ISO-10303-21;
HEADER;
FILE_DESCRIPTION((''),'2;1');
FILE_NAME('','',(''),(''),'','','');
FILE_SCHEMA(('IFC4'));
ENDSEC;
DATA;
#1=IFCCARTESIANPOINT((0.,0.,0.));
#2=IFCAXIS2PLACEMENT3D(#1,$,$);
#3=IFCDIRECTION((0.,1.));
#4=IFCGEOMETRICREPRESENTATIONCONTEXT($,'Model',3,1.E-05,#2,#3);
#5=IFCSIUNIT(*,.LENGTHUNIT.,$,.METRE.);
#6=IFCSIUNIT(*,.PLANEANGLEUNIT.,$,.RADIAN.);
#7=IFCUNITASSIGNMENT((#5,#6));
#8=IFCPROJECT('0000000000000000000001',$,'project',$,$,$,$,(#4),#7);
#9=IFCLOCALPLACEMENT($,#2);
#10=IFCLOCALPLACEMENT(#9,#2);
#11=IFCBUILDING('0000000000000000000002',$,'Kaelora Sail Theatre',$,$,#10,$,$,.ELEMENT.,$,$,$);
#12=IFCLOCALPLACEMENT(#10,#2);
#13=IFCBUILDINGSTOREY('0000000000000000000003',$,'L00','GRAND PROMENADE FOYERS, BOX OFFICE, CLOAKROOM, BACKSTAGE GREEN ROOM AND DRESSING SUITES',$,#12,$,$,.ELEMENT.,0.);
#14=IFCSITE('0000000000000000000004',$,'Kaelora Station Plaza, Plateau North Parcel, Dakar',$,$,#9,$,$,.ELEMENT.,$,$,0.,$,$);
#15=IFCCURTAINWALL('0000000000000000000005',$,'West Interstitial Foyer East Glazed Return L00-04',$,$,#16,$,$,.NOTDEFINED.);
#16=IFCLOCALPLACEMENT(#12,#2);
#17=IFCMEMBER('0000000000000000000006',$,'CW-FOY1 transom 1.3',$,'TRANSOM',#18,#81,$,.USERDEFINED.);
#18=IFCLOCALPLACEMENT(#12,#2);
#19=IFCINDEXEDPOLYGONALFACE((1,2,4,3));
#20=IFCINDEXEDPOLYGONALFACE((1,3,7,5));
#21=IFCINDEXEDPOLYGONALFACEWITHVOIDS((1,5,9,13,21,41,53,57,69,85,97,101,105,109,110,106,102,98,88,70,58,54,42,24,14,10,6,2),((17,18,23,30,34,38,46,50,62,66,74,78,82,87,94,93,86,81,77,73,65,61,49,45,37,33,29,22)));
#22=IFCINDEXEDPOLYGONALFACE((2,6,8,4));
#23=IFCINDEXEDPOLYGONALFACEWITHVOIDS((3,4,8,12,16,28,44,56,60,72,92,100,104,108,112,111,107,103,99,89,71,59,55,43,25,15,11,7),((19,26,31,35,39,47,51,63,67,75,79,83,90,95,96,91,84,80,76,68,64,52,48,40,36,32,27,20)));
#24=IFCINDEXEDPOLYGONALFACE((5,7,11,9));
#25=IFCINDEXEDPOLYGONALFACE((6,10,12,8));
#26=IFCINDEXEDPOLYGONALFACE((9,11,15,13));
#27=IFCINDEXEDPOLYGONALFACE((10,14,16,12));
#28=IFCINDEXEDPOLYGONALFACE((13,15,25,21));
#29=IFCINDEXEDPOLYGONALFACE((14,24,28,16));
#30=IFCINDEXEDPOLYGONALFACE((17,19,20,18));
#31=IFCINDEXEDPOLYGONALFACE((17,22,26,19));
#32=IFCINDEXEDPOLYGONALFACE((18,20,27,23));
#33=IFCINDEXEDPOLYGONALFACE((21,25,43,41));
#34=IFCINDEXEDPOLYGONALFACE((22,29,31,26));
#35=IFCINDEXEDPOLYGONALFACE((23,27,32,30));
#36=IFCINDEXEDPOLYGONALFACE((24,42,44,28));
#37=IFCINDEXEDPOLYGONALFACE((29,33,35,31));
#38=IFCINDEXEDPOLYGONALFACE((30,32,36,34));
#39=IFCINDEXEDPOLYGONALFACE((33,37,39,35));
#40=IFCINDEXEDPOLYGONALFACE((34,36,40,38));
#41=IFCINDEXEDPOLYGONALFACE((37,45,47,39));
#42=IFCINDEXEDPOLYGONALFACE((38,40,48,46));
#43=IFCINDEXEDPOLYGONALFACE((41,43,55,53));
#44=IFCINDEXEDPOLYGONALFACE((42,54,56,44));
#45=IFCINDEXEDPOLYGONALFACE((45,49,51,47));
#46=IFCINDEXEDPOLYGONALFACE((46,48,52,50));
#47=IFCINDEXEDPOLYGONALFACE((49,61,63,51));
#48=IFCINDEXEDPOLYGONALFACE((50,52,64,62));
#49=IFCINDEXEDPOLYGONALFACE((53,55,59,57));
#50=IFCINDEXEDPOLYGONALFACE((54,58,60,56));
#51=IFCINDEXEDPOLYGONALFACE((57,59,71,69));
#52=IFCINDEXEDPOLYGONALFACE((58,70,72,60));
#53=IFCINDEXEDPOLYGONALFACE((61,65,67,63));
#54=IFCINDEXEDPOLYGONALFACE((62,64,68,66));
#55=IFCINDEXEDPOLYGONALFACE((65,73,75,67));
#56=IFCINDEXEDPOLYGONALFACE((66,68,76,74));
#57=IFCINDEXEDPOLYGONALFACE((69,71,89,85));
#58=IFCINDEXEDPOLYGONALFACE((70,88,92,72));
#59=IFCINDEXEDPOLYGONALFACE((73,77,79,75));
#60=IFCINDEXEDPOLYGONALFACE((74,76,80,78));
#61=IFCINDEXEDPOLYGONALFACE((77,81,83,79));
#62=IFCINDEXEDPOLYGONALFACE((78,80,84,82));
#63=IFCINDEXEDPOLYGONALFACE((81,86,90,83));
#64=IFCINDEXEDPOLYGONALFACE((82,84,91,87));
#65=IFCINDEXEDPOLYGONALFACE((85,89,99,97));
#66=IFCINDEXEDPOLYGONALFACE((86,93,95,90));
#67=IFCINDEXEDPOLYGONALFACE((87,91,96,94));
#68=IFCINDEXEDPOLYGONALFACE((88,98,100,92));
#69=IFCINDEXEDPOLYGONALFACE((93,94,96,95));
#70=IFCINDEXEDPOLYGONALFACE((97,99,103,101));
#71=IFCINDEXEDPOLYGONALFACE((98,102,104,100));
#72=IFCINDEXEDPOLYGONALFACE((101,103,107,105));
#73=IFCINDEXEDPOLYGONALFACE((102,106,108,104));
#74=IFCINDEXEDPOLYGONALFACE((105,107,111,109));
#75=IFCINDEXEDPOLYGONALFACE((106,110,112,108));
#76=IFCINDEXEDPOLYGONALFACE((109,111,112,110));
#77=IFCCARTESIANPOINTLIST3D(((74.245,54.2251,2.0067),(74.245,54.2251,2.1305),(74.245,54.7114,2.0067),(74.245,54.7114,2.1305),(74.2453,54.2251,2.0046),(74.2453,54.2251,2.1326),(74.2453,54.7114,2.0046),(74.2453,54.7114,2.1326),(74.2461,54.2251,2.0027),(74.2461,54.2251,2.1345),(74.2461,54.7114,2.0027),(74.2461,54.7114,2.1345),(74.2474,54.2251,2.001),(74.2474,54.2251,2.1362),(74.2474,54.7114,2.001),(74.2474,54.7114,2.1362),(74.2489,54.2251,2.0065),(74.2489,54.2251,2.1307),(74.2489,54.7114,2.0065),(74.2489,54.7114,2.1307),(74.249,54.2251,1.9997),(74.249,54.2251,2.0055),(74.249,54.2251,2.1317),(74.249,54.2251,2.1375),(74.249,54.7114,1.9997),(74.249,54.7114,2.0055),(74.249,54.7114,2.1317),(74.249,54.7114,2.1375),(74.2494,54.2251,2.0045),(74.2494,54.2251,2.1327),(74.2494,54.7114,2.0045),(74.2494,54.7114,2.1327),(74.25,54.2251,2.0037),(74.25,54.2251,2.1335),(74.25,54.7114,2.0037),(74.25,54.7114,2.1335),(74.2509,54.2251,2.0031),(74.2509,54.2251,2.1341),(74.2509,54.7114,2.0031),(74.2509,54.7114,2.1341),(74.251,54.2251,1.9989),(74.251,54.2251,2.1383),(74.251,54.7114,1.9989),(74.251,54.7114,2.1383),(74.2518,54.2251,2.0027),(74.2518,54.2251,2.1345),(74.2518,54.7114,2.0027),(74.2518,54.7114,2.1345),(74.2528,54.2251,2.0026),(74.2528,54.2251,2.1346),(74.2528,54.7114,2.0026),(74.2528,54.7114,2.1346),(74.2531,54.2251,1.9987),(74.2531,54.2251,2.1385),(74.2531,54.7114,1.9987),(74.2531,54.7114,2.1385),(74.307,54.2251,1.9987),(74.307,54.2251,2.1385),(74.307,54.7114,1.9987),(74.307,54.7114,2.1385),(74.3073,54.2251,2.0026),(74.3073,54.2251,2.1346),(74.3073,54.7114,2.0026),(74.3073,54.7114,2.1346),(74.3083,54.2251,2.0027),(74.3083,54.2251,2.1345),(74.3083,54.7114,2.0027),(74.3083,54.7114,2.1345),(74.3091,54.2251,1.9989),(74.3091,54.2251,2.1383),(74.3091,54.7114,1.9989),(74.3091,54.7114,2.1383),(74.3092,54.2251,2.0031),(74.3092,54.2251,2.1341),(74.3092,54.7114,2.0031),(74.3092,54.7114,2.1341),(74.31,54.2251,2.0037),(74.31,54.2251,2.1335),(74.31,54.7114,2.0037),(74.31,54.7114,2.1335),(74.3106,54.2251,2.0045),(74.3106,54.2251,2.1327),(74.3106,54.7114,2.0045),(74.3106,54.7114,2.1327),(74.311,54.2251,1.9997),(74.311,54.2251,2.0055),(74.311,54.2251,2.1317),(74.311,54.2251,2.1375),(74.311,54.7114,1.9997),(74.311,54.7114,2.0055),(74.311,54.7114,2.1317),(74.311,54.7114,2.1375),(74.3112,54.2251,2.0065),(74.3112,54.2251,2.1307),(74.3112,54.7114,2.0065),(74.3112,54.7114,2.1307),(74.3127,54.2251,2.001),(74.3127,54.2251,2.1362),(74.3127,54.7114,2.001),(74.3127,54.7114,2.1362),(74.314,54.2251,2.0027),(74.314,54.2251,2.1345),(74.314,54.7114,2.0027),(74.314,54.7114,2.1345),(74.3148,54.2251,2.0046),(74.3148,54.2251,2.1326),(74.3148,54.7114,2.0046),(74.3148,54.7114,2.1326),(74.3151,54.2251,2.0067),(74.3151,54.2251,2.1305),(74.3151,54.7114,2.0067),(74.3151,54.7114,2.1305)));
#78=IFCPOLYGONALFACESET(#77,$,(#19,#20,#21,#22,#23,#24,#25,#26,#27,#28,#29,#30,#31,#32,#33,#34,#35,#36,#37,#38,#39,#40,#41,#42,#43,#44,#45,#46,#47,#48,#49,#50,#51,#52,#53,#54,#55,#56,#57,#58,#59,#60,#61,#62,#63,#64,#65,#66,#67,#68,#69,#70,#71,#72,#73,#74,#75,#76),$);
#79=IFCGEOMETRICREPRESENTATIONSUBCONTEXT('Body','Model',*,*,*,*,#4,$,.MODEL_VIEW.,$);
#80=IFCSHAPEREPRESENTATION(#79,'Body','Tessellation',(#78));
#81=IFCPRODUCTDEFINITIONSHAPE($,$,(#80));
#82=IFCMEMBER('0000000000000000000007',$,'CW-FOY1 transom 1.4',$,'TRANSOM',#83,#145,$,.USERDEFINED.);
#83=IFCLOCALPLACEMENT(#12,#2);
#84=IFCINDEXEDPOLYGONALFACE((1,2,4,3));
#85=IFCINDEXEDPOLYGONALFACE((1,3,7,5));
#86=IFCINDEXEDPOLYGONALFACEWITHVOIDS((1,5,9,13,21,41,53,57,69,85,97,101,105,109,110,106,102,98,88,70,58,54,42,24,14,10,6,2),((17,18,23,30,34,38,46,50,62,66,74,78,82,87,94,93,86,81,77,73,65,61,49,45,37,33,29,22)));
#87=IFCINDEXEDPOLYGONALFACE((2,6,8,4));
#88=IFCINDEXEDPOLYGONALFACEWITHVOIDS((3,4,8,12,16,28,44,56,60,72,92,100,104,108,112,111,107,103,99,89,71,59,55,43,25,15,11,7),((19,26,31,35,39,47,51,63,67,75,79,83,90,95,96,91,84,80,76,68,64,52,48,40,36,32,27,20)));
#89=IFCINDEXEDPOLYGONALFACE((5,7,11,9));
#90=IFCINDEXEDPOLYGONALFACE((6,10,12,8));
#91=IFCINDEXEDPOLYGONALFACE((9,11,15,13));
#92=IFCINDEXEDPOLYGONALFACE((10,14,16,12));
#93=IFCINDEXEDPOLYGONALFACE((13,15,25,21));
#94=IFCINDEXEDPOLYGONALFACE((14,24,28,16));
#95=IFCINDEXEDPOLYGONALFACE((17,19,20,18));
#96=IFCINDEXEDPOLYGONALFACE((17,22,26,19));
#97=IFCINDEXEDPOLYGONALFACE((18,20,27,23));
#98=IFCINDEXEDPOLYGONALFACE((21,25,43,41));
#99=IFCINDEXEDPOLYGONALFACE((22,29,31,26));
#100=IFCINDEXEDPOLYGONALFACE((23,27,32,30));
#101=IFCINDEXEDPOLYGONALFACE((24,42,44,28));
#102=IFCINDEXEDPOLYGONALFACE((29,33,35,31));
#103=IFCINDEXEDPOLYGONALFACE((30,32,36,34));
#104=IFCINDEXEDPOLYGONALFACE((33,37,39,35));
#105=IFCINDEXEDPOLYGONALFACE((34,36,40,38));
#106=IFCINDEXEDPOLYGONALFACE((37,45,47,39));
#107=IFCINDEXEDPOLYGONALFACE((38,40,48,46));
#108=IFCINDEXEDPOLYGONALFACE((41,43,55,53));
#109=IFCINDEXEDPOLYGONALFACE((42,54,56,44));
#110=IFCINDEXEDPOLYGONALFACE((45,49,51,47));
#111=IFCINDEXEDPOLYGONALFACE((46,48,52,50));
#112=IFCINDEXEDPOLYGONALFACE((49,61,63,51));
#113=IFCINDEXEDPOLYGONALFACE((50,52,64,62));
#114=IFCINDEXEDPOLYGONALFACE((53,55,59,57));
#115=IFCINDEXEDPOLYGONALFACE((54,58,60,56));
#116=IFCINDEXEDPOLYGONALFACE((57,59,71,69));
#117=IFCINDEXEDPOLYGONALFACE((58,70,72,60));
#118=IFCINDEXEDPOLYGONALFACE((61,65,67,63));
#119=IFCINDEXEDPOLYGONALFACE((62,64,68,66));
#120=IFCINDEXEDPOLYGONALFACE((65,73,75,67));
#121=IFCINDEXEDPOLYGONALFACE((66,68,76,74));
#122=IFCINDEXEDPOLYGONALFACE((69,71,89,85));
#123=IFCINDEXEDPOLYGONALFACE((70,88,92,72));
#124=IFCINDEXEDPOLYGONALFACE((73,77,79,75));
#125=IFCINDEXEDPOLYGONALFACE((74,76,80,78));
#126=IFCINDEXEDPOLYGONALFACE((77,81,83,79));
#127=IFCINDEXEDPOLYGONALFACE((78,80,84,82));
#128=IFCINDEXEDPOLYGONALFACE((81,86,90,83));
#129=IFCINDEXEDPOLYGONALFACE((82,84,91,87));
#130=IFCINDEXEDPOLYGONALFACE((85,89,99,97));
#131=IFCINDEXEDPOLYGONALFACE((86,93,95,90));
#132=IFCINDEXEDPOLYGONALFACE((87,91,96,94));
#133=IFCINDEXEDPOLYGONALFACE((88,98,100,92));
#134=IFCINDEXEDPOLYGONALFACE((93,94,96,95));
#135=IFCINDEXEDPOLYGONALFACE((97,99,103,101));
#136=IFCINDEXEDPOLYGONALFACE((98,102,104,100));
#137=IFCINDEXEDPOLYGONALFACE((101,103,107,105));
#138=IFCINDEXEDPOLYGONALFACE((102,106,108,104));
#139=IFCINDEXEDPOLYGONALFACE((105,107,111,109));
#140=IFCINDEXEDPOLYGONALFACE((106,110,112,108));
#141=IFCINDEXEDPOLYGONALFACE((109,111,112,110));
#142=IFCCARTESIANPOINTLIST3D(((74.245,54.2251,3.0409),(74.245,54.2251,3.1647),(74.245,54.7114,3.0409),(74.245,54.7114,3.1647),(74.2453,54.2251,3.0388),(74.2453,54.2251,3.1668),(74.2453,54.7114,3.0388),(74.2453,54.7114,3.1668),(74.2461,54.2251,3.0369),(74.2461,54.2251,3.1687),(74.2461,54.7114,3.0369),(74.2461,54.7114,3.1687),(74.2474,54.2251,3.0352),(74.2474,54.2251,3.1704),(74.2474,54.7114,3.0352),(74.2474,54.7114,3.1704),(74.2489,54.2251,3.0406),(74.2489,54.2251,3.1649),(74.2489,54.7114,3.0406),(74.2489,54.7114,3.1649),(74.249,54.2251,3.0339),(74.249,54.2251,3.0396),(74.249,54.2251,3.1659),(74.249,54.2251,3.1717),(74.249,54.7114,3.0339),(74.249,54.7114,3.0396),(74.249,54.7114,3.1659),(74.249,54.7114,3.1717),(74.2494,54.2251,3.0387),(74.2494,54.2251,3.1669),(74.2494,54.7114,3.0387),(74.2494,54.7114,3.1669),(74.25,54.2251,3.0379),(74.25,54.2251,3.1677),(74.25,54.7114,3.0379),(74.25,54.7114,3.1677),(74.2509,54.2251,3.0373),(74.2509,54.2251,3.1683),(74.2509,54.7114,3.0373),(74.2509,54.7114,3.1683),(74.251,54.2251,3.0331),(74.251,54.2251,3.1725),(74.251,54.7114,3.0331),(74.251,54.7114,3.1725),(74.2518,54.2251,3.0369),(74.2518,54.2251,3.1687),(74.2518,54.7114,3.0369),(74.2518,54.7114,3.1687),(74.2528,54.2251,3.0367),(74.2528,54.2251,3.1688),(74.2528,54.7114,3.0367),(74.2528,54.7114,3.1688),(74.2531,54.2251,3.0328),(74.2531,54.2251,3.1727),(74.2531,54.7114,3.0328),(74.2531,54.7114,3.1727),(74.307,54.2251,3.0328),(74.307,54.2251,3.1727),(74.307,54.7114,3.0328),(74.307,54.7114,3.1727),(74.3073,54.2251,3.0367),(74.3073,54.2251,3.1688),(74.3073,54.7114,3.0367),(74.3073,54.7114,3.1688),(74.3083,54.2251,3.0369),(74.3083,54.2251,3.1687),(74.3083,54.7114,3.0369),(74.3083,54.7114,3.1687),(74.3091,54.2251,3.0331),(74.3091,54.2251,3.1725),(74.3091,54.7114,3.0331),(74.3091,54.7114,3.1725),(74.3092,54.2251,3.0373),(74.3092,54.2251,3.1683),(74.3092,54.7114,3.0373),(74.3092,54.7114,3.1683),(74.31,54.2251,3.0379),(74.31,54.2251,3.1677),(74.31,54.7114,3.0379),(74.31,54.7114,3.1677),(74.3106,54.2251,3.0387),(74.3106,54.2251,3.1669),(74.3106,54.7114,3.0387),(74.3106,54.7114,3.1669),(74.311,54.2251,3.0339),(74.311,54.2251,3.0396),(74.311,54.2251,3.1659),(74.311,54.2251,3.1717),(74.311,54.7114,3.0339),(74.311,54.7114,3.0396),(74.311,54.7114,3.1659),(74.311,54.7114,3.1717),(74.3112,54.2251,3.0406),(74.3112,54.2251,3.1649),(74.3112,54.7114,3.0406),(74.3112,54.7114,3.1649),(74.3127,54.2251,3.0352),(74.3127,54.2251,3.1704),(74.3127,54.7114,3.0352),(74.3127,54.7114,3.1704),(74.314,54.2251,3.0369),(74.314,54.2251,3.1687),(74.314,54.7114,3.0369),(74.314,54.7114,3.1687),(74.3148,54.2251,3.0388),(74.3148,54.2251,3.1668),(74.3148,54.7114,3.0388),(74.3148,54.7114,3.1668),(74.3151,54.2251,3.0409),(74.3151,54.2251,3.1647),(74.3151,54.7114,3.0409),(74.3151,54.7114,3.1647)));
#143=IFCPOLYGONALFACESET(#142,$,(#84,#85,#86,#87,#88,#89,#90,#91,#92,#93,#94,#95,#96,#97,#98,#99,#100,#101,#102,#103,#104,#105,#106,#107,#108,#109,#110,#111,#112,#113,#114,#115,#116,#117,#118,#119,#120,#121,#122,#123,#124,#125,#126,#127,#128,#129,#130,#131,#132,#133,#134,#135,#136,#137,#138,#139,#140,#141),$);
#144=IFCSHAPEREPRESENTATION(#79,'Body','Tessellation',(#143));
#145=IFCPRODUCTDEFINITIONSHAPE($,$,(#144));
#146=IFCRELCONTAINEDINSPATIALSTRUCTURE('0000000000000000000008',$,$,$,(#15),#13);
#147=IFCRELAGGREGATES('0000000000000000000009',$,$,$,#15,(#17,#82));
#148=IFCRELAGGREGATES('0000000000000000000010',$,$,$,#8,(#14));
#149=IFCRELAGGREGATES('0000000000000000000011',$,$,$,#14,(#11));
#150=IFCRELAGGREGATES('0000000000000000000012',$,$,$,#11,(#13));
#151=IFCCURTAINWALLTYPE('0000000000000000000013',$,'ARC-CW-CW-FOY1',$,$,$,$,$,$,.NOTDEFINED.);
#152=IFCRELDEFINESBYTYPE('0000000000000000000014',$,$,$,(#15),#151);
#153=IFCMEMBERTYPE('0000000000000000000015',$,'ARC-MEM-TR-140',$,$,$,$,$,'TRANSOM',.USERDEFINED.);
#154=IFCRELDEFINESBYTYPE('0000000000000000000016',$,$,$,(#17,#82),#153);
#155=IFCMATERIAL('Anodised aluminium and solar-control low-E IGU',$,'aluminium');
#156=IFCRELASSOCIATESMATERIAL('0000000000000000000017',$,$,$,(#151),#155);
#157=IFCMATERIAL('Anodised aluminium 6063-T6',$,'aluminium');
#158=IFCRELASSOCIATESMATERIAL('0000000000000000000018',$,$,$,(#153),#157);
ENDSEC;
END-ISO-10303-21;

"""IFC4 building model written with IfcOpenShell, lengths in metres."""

from ifc_helpers import new_model, si_unit, direction, frame, origin, origin_2d, place, context, subcontext, project, spatial, hollow_rectangle, extrude, material, material_profile, profile_set, type_object, element, aggregate, save


model = new_model("IFC4")

# Units and contexts
model_context = context("Model", 3, precision=1e-05, world=origin(), true_north=direction((0.0, 1.0)))
body_context = subcontext(model_context, "Body", "Model", "MODEL_VIEW")
ifc_project = project(units=[si_unit("LENGTHUNIT", "METRE"), si_unit("PLANEANGLEUNIT", "RADIAN")], contexts=[model_context])

# Site, building, storey
site_placement = place(None, origin())
site = spatial("IfcSite", under=ifc_project, at=site_placement, Name="Kaelora Station Plaza, Plateau North Parcel, Dakar", CompositionType="ELEMENT", RefElevation=0.0)
building_placement = place(site_placement, origin())
building = spatial("IfcBuilding", under=site, at=building_placement, Name="Kaelora Sail Theatre", CompositionType="ELEMENT")
storey_placement = place(building_placement, origin())
storey = spatial("IfcBuildingStorey", under=building, at=storey_placement, Name="L00", Description="GRAND PROMENADE FOYERS, BOX OFFICE, CLOAKROOM, BACKSTAGE GREEN ROOM AND DRESSING SUITES", CompositionType="ELEMENT", Elevation=0.0)

# Curtain wall, members
ifc_material_1 = material(Name="Anodised aluminium and solar-control low-E IGU", Category="aluminium")
curtain_wall_type = type_object("IfcCurtainWallType", Name="ARC-CW-CW-FOY1", PredefinedType="NOTDEFINED", material=ifc_material_1)
curtain_wall_placement = place(storey_placement, origin())
curtain_wall = element("IfcCurtainWall", 1, at=curtain_wall_placement, inside=storey, type_object=curtain_wall_type, Name="West Interstitial Foyer East Glazed Return L00-04", PredefinedType="NOTDEFINED")
ifc_material_2 = material(Name="Anodised aluminium 6063-T6", Category="aluminium")
ifc_material_profile = material_profile(ifc_material_2, hollow_rectangle(XDim=0.0701, YDim=0.1399, WallThickness=0.0039, InnerFilletRadius=0.0039, OuterFilletRadius=0.0081, at=origin_2d()), Name="ALU-TRAN 70x140x4")
ifc_profile_set = profile_set([ifc_material_profile], Name="Anodised aluminium 6063-T6")
member_type = type_object("IfcMemberType", Name="ARC-MEM-TR-140", ElementType="TRANSOM", PredefinedType="USERDEFINED", material=ifc_profile_set)
member_1_placement = place(storey_placement, frame((74.28, 54.2251, 2.0686), z_axis=(0.0, 1.0, 0.0), x_axis=(-1.0, 0.0, 0.0)))
member_1 = element("IfcMember", 2, at=member_1_placement, type_object=member_type, Name="CW-FOY1 transom 1.3", ObjectType="TRANSOM", PredefinedType="USERDEFINED", context=body_context, shape_type="SweptSolid", body=[
    extrude(hollow_rectangle(XDim=0.0701, YDim=0.1399, WallThickness=0.0039, InnerFilletRadius=0.0039, OuterFilletRadius=0.0081, at=origin_2d()), origin(), (0.0, 0.0, 1.0), 0.4863),
])
member_2_placement = place(storey_placement, frame((74.28, 54.2251, 3.1028), z_axis=(0.0, 1.0, 0.0), x_axis=(-1.0, 0.0, 0.0)))
member_2 = element("IfcMember", 3, at=member_2_placement, type_object=member_type, Name="CW-FOY1 transom 1.4", ObjectType="TRANSOM", PredefinedType="USERDEFINED", context=body_context, shape_type="SweptSolid", body=[
    extrude(hollow_rectangle(XDim=0.0701, YDim=0.1399, WallThickness=0.0039, InnerFilletRadius=0.0039, OuterFilletRadius=0.0081, at=origin_2d()), origin(), (0.0, 0.0, 1.0), 0.4863),
])
aggregate(curtain_wall, [member_1, member_2])

save(model, "model.ifc")
